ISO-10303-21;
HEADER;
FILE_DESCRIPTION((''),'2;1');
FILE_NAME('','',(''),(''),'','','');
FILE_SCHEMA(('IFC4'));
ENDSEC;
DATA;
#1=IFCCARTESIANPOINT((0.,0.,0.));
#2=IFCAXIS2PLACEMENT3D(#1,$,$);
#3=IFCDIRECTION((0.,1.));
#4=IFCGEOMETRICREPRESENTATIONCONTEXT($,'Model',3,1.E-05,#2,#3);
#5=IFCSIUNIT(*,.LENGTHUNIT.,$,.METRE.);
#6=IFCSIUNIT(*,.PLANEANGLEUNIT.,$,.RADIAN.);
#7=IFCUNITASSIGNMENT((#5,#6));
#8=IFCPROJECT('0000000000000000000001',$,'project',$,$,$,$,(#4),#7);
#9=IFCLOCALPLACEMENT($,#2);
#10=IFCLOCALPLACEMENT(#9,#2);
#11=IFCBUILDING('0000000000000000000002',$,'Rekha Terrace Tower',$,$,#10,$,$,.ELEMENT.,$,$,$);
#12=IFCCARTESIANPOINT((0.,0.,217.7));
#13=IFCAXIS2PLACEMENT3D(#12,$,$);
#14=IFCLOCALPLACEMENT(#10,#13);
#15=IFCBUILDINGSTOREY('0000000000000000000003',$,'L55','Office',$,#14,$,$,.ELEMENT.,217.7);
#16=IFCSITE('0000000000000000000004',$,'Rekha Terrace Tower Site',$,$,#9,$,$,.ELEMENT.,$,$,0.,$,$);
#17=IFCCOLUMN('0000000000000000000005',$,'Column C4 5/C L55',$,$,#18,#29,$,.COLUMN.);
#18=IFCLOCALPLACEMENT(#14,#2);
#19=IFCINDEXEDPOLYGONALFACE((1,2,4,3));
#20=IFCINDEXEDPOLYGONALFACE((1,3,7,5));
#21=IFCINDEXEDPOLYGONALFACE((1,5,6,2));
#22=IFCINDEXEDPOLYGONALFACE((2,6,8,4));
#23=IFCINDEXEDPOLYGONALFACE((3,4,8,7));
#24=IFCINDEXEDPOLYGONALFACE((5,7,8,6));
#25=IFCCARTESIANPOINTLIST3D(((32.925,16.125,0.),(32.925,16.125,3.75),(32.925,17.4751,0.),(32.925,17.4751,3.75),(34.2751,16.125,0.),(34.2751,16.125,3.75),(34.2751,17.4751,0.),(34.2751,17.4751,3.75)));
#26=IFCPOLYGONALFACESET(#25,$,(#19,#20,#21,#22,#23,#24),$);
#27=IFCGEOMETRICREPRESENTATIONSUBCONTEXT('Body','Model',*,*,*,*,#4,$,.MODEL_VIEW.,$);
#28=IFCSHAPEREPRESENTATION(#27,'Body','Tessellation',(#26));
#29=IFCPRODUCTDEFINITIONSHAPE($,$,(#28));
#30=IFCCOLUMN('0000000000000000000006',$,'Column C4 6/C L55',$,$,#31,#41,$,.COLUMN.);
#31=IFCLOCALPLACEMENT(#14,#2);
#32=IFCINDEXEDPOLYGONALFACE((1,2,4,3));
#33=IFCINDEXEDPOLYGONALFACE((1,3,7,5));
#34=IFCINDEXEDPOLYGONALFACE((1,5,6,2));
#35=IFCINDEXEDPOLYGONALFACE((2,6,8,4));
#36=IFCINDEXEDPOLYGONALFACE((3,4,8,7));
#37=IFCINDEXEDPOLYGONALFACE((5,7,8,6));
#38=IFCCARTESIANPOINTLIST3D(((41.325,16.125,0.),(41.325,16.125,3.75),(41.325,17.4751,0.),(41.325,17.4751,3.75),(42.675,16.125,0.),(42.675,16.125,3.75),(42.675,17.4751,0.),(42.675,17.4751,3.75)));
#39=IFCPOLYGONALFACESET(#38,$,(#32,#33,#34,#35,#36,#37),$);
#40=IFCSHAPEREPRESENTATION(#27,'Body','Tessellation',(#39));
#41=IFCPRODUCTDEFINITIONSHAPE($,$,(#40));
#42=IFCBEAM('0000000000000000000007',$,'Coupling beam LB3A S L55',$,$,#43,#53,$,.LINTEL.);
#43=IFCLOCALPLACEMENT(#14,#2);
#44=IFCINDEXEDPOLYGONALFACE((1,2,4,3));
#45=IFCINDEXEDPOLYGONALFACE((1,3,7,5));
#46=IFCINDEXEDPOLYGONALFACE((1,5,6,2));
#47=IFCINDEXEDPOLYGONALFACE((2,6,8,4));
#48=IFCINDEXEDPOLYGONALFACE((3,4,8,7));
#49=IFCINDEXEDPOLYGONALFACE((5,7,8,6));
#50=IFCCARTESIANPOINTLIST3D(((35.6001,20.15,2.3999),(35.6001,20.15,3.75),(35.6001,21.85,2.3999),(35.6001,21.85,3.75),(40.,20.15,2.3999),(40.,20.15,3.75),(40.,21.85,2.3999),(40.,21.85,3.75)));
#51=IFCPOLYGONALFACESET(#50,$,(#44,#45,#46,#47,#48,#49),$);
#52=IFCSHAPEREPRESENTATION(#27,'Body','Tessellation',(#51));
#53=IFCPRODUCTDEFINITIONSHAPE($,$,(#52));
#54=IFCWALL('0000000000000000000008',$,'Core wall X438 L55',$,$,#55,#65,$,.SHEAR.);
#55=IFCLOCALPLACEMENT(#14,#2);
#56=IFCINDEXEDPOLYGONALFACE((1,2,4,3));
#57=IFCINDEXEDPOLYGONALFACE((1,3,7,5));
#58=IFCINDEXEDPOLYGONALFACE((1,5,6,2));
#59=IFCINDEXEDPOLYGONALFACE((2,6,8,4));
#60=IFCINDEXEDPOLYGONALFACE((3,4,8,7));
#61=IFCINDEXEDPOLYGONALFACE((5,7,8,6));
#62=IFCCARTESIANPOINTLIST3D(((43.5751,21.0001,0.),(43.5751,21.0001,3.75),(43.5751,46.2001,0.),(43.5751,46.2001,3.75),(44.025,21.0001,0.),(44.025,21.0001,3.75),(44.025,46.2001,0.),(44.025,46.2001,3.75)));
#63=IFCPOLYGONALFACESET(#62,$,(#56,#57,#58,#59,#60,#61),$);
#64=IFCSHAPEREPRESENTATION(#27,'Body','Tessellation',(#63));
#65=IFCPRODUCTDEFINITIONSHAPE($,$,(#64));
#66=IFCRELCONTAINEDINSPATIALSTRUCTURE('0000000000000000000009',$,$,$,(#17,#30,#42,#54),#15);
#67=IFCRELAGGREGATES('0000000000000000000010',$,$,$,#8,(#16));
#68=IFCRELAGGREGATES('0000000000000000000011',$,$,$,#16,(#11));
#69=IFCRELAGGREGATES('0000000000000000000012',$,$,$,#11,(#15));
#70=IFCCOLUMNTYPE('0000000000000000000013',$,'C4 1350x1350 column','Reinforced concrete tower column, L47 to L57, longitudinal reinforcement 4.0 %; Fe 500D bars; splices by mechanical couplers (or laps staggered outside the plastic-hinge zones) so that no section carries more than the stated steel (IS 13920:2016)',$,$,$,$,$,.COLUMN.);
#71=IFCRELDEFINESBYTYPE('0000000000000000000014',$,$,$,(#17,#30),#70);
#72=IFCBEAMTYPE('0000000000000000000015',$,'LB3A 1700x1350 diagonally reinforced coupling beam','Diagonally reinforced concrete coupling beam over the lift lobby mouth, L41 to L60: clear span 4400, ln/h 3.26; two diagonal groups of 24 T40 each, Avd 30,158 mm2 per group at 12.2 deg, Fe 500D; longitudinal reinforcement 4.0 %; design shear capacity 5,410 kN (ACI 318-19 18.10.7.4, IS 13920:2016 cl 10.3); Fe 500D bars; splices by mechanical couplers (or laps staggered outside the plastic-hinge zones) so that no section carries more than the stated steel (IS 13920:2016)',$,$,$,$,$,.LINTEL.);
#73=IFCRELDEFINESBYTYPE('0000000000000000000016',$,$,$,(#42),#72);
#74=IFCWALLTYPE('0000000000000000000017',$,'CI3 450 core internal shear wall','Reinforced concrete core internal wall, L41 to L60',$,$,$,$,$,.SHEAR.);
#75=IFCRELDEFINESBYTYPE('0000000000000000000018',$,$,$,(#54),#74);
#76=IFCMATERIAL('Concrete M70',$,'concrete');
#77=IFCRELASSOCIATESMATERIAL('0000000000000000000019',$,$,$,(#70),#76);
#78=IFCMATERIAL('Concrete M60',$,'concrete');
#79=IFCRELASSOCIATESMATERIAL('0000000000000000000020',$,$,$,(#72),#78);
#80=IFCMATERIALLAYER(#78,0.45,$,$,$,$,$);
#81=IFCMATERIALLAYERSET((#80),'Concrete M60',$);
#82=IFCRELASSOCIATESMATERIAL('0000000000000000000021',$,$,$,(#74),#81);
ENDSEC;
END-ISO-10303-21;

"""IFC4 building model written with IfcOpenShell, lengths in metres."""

from ifc_helpers import new_model, si_unit, direction, frame, frame_2d, origin, origin_2d, place, context, subcontext, project, spatial, rectangle, extrude, material, layer, layer_set, material_profile, profile_set, type_object, element, save


model = new_model("IFC4")

# Units and contexts
model_context = context("Model", 3, precision=1e-05, world=origin(), true_north=direction((0.0, 1.0)))
body_context = subcontext(model_context, "Body", "Model", "MODEL_VIEW")
ifc_project = project(units=[si_unit("LENGTHUNIT", "METRE"), si_unit("PLANEANGLEUNIT", "RADIAN")], contexts=[model_context])

# Site, building, storey
site_placement = place(None, origin())
site = spatial("IfcSite", under=ifc_project, at=site_placement, Name="Rekha Terrace Tower Site", CompositionType="ELEMENT", RefElevation=0.0)
building_placement = place(site_placement, origin())
building = spatial("IfcBuilding", under=site, at=building_placement, Name="Rekha Terrace Tower", CompositionType="ELEMENT")
storey_placement = place(building_placement, frame((0.0, 0.0, 217.7)))
storey = spatial("IfcBuildingStorey", under=building, at=storey_placement, Name="L55", Description="Office", CompositionType="ELEMENT", Elevation=217.7)

# Columns
ifc_material_1 = material(Name="Concrete M70", Category="concrete")
ifc_material_profile_1 = material_profile(ifc_material_1, rectangle(XDim=1.3501, YDim=1.3501, at=origin_2d()), Name="RC 1350x1350")
ifc_profile_set_1 = profile_set([ifc_material_profile_1], Name="Concrete M70")
column_type = type_object("IfcColumnType", Name="C4 1350x1350 column", Description="Reinforced concrete tower column, L47 to L57, longitudinal reinforcement 4.0 %; Fe 500D bars; splices by mechanical couplers (or laps staggered outside the plastic-hinge zones) so that no section carries more than the stated steel (IS 13920:2016)", PredefinedType="COLUMN", material=ifc_profile_set_1)
for number, where, z_axis, x_axis, name in (
    (1, (33.6001, 16.8, 0.0), (0.0, 0.0, 1.0), (1.0, 0.0, 0.0), "Column C4 5/C L55"),
    (2, (42.0, 16.8, 0.0), (0.0, 0.0, 1.0), (1.0, 0.0, 0.0), "Column C4 6/C L55"),
):
    element("IfcColumn", number, at=place(storey_placement, frame(where, z_axis=z_axis, x_axis=x_axis)), inside=storey, type_object=column_type, Name=name, PredefinedType="COLUMN", context=body_context, shape_type="SweptSolid", body=[
        extrude(rectangle(XDim=1.3501, YDim=1.3501, at=origin_2d()), origin(), (0.0, 0.0, 1.0), 3.75),
    ])

# Beam
ifc_material_2 = material(Name="Concrete M60", Category="concrete")
ifc_material_profile_2 = material_profile(ifc_material_2, rectangle(XDim=1.7, YDim=1.3501, at=origin_2d()), Name="RC 1700x1350")
ifc_profile_set_2 = profile_set([ifc_material_profile_2], Name="Concrete M60")
beam_type = type_object("IfcBeamType", Name="LB3A 1700x1350 diagonally reinforced coupling beam", Description="Diagonally reinforced concrete coupling beam over the lift lobby mouth, L41 to L60: clear span 4400, ln/h 3.26; two diagonal groups of 24 T40 each, Avd 30,158 mm2 per group at 12.2 deg, Fe 500D; longitudinal reinforcement 4.0 %; design shear capacity 5,410 kN (ACI 318-19 18.10.7.4, IS 13920:2016 cl 10.3); Fe 500D bars; splices by mechanical couplers (or laps staggered outside the plastic-hinge zones) so that no section carries more than the stated steel (IS 13920:2016)", PredefinedType="LINTEL", material=ifc_profile_set_2)
beam_placement = place(storey_placement, frame((35.6001, 21.0, 3.075), z_axis=(1.0, 0.0, 0.0), x_axis=(0.0, 1.0, 0.0)))
element("IfcBeam", 3, at=beam_placement, inside=storey, type_object=beam_type, Name="Coupling beam LB3A S L55", PredefinedType="LINTEL", context=body_context, shape_type="SweptSolid", body=[
    extrude(rectangle(XDim=1.7, YDim=1.3501, at=origin_2d()), origin(), (0.0, 0.0, 1.0), 4.3999),
])

# Wall
ifc_layer_1 = layer(ifc_material_2, 0.45)
ifc_layer_set_1 = layer_set([ifc_layer_1], Name="Concrete M60")
wall_type_1 = type_object("IfcWallType", Name="CI3 450 core internal shear wall", Description="Reinforced concrete core internal wall, L41 to L60", PredefinedType="SHEAR", material=ifc_layer_set_1)
wall_1_placement = place(storey_placement, frame((43.8, 21.0, 0.0), z_axis=(0.0, 0.0, 1.0), x_axis=(0.0, 1.0, 0.0)))
element("IfcWall", 4, at=wall_1_placement, inside=storey, type_object=wall_type_1, Name="Core wall X438 L55", PredefinedType="SHEAR", context=body_context, shape_type="SweptSolid", body=[
    extrude(rectangle(XDim=25.2, YDim=0.45, at=frame_2d((12.6001, 0.0))), origin(), (0.0, 0.0, 1.0), 3.75),
])

save(model, "model.ifc")
